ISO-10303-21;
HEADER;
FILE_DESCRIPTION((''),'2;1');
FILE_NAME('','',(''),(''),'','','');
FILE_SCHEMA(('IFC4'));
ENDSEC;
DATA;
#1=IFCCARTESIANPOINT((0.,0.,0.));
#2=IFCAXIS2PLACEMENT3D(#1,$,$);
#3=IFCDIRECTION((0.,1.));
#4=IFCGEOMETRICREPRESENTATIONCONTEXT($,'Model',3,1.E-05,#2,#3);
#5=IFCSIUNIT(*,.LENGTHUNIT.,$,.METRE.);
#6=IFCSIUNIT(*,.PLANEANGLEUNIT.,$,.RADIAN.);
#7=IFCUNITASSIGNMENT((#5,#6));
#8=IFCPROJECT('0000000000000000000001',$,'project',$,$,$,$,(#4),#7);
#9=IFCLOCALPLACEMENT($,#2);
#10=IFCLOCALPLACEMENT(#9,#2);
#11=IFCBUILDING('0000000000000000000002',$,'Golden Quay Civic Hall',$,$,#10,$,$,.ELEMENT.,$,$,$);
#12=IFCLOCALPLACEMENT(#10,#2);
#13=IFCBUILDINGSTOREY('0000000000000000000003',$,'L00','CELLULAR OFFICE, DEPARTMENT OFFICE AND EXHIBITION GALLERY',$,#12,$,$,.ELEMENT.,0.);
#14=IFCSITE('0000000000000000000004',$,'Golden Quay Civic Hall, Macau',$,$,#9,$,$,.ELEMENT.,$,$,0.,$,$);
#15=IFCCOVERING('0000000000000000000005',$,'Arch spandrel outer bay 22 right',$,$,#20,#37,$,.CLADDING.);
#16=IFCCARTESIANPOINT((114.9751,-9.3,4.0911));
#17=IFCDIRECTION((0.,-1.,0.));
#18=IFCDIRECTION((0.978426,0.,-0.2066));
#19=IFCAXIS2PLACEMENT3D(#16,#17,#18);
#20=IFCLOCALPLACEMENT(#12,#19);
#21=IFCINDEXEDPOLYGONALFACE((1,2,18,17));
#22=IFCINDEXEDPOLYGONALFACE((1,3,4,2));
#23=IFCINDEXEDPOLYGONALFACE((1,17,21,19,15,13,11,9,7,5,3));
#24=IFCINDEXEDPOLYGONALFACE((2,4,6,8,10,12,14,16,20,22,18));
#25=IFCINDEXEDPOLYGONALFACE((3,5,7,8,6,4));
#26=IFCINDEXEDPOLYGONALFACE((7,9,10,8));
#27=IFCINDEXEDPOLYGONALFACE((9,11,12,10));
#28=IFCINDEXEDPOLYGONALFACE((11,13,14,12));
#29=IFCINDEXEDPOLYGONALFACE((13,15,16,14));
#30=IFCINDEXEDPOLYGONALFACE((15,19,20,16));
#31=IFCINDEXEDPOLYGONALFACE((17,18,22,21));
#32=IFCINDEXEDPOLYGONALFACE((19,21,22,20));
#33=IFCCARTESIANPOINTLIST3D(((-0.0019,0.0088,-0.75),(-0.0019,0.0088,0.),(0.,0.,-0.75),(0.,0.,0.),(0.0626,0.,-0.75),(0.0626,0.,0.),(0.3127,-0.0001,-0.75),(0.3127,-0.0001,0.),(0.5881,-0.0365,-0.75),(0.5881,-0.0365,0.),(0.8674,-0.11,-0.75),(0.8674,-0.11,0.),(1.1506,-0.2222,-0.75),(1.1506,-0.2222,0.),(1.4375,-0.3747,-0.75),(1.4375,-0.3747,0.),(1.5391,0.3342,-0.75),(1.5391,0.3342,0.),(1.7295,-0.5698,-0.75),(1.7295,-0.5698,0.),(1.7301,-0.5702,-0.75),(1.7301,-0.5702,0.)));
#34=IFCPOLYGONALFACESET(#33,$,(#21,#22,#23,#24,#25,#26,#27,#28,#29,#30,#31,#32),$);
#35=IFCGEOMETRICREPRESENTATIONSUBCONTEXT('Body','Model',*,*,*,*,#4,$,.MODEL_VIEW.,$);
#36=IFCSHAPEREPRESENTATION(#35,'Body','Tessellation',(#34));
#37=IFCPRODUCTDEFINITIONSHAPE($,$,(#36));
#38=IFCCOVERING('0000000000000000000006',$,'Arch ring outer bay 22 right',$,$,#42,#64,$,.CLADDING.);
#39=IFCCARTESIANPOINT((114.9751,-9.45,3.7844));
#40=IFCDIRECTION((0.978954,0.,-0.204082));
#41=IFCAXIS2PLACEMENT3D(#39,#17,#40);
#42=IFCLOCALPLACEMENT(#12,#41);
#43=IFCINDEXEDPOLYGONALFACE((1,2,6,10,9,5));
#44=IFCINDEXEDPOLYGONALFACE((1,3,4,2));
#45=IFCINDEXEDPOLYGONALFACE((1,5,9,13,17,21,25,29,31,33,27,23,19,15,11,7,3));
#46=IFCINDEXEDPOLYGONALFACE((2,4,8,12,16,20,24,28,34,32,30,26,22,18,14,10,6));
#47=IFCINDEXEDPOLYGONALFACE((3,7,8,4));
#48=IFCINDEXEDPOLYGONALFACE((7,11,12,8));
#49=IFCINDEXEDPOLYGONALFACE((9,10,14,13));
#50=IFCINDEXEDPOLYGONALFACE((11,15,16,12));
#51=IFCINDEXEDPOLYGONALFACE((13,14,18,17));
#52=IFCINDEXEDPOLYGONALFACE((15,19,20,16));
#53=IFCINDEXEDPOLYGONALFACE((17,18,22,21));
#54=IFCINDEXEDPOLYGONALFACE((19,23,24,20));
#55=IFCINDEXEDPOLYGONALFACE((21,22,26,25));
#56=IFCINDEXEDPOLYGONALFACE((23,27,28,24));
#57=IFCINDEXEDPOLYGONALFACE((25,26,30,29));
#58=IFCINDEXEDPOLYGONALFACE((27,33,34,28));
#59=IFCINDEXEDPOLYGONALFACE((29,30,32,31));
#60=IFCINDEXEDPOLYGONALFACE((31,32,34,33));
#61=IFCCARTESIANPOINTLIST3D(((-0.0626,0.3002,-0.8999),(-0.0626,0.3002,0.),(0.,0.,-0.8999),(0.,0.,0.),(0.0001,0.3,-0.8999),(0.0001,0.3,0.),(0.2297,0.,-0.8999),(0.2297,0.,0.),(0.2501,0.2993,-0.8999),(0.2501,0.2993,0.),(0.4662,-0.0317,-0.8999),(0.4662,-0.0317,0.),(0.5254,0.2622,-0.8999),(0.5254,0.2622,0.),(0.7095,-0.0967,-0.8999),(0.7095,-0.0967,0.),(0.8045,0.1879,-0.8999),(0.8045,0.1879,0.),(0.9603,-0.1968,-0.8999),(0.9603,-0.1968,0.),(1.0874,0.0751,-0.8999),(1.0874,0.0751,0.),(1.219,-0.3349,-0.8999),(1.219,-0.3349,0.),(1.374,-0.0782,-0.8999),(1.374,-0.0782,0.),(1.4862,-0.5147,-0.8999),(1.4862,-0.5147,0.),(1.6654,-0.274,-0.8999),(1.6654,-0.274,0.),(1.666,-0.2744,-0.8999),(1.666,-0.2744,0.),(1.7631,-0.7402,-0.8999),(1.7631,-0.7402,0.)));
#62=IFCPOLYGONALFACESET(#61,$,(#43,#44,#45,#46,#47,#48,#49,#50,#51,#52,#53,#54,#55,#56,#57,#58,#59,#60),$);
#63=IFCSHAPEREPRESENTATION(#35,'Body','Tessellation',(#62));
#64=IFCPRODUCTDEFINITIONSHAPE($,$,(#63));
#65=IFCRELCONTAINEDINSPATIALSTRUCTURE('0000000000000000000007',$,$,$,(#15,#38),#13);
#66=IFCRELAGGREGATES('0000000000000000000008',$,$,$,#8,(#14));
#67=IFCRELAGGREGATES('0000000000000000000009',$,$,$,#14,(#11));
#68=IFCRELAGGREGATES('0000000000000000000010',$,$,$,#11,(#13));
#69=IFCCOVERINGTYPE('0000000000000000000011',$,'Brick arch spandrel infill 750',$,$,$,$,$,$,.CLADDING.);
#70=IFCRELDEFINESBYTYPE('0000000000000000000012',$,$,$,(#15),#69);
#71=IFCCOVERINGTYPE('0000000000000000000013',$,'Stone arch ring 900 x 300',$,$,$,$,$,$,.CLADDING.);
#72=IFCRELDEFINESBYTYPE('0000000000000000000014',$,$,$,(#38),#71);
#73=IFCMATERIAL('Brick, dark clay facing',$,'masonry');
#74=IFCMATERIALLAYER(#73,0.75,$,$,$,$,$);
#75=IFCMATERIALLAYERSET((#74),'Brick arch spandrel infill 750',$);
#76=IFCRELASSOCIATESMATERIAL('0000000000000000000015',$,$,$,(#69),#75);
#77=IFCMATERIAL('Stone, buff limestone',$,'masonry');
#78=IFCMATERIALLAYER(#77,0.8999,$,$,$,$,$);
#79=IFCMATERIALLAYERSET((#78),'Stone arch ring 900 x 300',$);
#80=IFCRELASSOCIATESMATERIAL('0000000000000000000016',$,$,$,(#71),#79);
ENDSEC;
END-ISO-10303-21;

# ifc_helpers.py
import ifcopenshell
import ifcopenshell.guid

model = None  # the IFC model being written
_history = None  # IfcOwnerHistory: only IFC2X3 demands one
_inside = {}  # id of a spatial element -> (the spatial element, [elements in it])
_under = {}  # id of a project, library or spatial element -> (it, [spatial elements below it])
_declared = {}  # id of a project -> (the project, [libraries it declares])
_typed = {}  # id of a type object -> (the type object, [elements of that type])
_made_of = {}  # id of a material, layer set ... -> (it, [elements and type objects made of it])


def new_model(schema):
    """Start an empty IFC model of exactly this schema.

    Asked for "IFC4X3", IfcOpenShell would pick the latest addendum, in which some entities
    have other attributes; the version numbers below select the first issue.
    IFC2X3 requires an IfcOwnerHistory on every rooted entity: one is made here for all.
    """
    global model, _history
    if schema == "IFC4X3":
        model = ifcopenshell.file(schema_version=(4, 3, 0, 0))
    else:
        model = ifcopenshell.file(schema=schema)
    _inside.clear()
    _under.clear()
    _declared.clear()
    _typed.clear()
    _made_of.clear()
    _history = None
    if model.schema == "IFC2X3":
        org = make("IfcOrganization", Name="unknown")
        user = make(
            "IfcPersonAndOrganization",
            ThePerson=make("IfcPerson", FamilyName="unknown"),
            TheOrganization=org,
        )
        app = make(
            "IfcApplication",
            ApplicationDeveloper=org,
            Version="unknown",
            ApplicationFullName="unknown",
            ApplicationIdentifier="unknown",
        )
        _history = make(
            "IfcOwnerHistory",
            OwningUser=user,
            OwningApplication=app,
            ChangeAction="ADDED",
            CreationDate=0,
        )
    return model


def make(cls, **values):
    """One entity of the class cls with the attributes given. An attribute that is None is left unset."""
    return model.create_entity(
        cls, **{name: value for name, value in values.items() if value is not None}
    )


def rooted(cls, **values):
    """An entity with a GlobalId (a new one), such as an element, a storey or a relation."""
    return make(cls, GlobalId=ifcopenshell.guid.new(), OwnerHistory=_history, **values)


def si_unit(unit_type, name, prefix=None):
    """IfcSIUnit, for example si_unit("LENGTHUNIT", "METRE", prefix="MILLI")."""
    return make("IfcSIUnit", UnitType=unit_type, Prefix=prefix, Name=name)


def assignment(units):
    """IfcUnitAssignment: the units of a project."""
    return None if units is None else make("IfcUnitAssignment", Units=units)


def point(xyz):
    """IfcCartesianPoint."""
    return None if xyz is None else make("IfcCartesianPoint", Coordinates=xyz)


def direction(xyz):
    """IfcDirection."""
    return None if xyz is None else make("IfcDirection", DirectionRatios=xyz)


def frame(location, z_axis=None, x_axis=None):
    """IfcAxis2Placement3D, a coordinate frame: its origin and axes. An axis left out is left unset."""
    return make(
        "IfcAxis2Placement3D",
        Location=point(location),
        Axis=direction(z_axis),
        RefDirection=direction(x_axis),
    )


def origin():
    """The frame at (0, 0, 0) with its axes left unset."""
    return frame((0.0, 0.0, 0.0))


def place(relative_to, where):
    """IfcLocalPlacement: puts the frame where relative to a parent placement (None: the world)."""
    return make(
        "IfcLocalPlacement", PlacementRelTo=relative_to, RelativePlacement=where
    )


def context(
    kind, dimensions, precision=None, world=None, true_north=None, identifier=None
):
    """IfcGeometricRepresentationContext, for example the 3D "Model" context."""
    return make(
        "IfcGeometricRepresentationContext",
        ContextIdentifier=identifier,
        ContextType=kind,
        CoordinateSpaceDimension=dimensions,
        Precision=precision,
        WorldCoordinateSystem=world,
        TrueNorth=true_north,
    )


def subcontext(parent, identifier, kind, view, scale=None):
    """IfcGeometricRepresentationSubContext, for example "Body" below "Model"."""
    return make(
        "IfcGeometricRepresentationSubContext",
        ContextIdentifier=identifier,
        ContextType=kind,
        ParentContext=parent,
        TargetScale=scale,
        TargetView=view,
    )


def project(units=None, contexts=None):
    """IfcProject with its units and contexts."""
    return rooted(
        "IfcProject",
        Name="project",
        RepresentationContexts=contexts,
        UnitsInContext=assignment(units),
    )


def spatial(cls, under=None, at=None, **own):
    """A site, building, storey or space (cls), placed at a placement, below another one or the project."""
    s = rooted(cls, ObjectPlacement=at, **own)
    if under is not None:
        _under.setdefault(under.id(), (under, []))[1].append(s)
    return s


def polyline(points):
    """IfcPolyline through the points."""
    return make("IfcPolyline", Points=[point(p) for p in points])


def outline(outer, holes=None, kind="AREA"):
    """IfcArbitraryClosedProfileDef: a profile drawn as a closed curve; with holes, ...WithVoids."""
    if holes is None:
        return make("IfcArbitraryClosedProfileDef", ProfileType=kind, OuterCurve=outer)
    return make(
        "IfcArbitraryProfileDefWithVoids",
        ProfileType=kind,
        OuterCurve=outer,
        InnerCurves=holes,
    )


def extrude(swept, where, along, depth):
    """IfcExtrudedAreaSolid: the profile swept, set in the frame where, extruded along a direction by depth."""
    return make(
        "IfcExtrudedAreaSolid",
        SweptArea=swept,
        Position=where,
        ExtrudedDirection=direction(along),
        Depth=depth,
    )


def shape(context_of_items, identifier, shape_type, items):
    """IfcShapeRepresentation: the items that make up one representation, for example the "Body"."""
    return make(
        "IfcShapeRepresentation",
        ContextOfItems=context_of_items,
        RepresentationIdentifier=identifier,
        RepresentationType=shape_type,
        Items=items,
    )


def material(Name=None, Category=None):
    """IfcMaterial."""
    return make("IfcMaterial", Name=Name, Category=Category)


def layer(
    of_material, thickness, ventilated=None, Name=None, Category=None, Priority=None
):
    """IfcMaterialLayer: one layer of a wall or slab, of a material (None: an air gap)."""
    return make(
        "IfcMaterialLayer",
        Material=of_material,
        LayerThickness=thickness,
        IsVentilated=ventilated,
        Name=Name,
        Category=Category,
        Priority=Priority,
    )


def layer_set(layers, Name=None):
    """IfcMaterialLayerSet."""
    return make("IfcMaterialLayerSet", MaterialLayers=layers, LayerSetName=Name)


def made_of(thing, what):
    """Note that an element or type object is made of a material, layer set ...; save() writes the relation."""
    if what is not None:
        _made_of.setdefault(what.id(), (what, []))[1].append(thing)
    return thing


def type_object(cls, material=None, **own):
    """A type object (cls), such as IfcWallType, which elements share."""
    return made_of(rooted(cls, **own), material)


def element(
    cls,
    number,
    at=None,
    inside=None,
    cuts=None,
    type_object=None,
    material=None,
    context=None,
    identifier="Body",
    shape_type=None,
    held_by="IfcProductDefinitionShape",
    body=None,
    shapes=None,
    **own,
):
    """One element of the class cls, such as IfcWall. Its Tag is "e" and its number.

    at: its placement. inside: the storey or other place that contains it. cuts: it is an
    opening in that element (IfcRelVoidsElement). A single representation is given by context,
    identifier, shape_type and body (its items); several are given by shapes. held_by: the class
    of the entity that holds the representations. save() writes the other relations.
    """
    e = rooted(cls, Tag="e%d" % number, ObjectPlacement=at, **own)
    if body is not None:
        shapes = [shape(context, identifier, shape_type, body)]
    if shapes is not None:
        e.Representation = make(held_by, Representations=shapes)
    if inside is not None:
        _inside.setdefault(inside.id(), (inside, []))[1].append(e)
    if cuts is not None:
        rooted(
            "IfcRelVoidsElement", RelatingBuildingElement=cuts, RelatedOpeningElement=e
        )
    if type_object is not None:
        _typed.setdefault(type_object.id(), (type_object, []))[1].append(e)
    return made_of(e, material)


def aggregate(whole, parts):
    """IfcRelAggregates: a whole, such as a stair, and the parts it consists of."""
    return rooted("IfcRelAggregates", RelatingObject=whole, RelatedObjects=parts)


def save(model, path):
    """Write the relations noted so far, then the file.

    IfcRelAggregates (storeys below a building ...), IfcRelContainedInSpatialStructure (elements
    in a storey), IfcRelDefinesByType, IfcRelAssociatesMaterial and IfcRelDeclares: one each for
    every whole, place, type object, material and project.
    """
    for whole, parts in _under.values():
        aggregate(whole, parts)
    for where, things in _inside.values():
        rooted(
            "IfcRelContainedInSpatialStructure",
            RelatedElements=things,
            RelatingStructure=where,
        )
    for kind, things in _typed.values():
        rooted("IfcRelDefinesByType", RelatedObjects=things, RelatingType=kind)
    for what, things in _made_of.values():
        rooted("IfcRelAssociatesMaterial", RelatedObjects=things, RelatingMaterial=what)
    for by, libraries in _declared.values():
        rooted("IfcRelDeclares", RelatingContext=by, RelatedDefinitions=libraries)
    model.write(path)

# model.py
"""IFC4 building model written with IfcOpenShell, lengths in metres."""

from ifc_helpers import new_model, si_unit, direction, frame, origin, place, context, subcontext, project, spatial, polyline, outline, extrude, material, layer, layer_set, type_object, element, save


model = new_model("IFC4")

# Units and contexts
model_context = context("Model", 3, precision=1e-05, world=origin(), true_north=direction((0.0, 1.0)))
body_context = subcontext(model_context, "Body", "Model", "MODEL_VIEW")
ifc_project = project(units=[si_unit("LENGTHUNIT", "METRE"), si_unit("PLANEANGLEUNIT", "RADIAN")], contexts=[model_context])

# Site, building, storey
site_placement = place(None, origin())
site = spatial("IfcSite", under=ifc_project, at=site_placement, Name="Golden Quay Civic Hall, Macau", CompositionType="ELEMENT", RefElevation=0.0)
building_placement = place(site_placement, origin())
building = spatial("IfcBuilding", under=site, at=building_placement, Name="Golden Quay Civic Hall", CompositionType="ELEMENT")
storey_placement = place(building_placement, origin())
storey = spatial("IfcBuildingStorey", under=building, at=storey_placement, Name="L00", Description="CELLULAR OFFICE, DEPARTMENT OFFICE AND EXHIBITION GALLERY", CompositionType="ELEMENT", Elevation=0.0)

# Coverings
ifc_material_1 = material(Name="Brick, dark clay facing", Category="masonry")
ifc_layer_1 = layer(ifc_material_1, 0.75)
ifc_layer_set_1 = layer_set([ifc_layer_1], Name="Brick arch spandrel infill 750")
covering_type_1 = type_object("IfcCoveringType", Name="Brick arch spandrel infill 750", PredefinedType="CLADDING", material=ifc_layer_set_1)
covering_1_placement = place(storey_placement, frame((114.9751, -9.3, 4.0911), z_axis=(0.0, -1.0, 0.0), x_axis=(0.978426, 0.0, -0.2066)))
element("IfcCovering", 1, at=covering_1_placement, inside=storey, type_object=covering_type_1, Name="Arch spandrel outer bay 22 right", PredefinedType="CLADDING", context=body_context, shape_type="SweptSolid", body=[
    extrude(outline(polyline([(0.0, 0.0), (0.0626, 0.0), (0.3127, -0.0001), (0.5881, -0.0365), (0.8674, -0.11), (1.1506, -0.2222), (1.4375, -0.3747), (1.7295, -0.5698), (1.7301, -0.5702), (1.5391, 0.3342), (-0.0019, 0.0088), (0.0, 0.0)])), origin(), (0.0, 0.0, -1.0), 0.75),
])
ifc_material_2 = material(Name="Stone, buff limestone", Category="masonry")
ifc_layer_2 = layer(ifc_material_2, 0.8999)
ifc_layer_set_2 = layer_set([ifc_layer_2], Name="Stone arch ring 900 x 300")
covering_type_2 = type_object("IfcCoveringType", Name="Stone arch ring 900 x 300", PredefinedType="CLADDING", material=ifc_layer_set_2)
covering_2_placement = place(storey_placement, frame((114.9751, -9.45, 3.7844), z_axis=(0.0, -1.0, 0.0), x_axis=(0.978954, 0.0, -0.204082)))
element("IfcCovering", 2, at=covering_2_placement, inside=storey, type_object=covering_type_2, Name="Arch ring outer bay 22 right", PredefinedType="CLADDING", context=body_context, shape_type="SweptSolid", body=[
    extrude(outline(polyline([(0.0, 0.0), (0.2297, 0.0), (0.4662, -0.0317), (0.7095, -0.0967), (0.9603, -0.1968), (1.219, -0.3349), (1.4862, -0.5147), (1.7631, -0.7402), (1.666, -0.2744), (1.6654, -0.274), (1.374, -0.0782), (1.0874, 0.0751), (0.8045, 0.1879), (0.5254, 0.2622), (0.2501, 0.2993), (0.0001, 0.3), (-0.0626, 0.3002), (0.0, 0.0)])), origin(), (0.0, 0.0, -1.0), 0.8999),
])

save(model, "model.ifc")
